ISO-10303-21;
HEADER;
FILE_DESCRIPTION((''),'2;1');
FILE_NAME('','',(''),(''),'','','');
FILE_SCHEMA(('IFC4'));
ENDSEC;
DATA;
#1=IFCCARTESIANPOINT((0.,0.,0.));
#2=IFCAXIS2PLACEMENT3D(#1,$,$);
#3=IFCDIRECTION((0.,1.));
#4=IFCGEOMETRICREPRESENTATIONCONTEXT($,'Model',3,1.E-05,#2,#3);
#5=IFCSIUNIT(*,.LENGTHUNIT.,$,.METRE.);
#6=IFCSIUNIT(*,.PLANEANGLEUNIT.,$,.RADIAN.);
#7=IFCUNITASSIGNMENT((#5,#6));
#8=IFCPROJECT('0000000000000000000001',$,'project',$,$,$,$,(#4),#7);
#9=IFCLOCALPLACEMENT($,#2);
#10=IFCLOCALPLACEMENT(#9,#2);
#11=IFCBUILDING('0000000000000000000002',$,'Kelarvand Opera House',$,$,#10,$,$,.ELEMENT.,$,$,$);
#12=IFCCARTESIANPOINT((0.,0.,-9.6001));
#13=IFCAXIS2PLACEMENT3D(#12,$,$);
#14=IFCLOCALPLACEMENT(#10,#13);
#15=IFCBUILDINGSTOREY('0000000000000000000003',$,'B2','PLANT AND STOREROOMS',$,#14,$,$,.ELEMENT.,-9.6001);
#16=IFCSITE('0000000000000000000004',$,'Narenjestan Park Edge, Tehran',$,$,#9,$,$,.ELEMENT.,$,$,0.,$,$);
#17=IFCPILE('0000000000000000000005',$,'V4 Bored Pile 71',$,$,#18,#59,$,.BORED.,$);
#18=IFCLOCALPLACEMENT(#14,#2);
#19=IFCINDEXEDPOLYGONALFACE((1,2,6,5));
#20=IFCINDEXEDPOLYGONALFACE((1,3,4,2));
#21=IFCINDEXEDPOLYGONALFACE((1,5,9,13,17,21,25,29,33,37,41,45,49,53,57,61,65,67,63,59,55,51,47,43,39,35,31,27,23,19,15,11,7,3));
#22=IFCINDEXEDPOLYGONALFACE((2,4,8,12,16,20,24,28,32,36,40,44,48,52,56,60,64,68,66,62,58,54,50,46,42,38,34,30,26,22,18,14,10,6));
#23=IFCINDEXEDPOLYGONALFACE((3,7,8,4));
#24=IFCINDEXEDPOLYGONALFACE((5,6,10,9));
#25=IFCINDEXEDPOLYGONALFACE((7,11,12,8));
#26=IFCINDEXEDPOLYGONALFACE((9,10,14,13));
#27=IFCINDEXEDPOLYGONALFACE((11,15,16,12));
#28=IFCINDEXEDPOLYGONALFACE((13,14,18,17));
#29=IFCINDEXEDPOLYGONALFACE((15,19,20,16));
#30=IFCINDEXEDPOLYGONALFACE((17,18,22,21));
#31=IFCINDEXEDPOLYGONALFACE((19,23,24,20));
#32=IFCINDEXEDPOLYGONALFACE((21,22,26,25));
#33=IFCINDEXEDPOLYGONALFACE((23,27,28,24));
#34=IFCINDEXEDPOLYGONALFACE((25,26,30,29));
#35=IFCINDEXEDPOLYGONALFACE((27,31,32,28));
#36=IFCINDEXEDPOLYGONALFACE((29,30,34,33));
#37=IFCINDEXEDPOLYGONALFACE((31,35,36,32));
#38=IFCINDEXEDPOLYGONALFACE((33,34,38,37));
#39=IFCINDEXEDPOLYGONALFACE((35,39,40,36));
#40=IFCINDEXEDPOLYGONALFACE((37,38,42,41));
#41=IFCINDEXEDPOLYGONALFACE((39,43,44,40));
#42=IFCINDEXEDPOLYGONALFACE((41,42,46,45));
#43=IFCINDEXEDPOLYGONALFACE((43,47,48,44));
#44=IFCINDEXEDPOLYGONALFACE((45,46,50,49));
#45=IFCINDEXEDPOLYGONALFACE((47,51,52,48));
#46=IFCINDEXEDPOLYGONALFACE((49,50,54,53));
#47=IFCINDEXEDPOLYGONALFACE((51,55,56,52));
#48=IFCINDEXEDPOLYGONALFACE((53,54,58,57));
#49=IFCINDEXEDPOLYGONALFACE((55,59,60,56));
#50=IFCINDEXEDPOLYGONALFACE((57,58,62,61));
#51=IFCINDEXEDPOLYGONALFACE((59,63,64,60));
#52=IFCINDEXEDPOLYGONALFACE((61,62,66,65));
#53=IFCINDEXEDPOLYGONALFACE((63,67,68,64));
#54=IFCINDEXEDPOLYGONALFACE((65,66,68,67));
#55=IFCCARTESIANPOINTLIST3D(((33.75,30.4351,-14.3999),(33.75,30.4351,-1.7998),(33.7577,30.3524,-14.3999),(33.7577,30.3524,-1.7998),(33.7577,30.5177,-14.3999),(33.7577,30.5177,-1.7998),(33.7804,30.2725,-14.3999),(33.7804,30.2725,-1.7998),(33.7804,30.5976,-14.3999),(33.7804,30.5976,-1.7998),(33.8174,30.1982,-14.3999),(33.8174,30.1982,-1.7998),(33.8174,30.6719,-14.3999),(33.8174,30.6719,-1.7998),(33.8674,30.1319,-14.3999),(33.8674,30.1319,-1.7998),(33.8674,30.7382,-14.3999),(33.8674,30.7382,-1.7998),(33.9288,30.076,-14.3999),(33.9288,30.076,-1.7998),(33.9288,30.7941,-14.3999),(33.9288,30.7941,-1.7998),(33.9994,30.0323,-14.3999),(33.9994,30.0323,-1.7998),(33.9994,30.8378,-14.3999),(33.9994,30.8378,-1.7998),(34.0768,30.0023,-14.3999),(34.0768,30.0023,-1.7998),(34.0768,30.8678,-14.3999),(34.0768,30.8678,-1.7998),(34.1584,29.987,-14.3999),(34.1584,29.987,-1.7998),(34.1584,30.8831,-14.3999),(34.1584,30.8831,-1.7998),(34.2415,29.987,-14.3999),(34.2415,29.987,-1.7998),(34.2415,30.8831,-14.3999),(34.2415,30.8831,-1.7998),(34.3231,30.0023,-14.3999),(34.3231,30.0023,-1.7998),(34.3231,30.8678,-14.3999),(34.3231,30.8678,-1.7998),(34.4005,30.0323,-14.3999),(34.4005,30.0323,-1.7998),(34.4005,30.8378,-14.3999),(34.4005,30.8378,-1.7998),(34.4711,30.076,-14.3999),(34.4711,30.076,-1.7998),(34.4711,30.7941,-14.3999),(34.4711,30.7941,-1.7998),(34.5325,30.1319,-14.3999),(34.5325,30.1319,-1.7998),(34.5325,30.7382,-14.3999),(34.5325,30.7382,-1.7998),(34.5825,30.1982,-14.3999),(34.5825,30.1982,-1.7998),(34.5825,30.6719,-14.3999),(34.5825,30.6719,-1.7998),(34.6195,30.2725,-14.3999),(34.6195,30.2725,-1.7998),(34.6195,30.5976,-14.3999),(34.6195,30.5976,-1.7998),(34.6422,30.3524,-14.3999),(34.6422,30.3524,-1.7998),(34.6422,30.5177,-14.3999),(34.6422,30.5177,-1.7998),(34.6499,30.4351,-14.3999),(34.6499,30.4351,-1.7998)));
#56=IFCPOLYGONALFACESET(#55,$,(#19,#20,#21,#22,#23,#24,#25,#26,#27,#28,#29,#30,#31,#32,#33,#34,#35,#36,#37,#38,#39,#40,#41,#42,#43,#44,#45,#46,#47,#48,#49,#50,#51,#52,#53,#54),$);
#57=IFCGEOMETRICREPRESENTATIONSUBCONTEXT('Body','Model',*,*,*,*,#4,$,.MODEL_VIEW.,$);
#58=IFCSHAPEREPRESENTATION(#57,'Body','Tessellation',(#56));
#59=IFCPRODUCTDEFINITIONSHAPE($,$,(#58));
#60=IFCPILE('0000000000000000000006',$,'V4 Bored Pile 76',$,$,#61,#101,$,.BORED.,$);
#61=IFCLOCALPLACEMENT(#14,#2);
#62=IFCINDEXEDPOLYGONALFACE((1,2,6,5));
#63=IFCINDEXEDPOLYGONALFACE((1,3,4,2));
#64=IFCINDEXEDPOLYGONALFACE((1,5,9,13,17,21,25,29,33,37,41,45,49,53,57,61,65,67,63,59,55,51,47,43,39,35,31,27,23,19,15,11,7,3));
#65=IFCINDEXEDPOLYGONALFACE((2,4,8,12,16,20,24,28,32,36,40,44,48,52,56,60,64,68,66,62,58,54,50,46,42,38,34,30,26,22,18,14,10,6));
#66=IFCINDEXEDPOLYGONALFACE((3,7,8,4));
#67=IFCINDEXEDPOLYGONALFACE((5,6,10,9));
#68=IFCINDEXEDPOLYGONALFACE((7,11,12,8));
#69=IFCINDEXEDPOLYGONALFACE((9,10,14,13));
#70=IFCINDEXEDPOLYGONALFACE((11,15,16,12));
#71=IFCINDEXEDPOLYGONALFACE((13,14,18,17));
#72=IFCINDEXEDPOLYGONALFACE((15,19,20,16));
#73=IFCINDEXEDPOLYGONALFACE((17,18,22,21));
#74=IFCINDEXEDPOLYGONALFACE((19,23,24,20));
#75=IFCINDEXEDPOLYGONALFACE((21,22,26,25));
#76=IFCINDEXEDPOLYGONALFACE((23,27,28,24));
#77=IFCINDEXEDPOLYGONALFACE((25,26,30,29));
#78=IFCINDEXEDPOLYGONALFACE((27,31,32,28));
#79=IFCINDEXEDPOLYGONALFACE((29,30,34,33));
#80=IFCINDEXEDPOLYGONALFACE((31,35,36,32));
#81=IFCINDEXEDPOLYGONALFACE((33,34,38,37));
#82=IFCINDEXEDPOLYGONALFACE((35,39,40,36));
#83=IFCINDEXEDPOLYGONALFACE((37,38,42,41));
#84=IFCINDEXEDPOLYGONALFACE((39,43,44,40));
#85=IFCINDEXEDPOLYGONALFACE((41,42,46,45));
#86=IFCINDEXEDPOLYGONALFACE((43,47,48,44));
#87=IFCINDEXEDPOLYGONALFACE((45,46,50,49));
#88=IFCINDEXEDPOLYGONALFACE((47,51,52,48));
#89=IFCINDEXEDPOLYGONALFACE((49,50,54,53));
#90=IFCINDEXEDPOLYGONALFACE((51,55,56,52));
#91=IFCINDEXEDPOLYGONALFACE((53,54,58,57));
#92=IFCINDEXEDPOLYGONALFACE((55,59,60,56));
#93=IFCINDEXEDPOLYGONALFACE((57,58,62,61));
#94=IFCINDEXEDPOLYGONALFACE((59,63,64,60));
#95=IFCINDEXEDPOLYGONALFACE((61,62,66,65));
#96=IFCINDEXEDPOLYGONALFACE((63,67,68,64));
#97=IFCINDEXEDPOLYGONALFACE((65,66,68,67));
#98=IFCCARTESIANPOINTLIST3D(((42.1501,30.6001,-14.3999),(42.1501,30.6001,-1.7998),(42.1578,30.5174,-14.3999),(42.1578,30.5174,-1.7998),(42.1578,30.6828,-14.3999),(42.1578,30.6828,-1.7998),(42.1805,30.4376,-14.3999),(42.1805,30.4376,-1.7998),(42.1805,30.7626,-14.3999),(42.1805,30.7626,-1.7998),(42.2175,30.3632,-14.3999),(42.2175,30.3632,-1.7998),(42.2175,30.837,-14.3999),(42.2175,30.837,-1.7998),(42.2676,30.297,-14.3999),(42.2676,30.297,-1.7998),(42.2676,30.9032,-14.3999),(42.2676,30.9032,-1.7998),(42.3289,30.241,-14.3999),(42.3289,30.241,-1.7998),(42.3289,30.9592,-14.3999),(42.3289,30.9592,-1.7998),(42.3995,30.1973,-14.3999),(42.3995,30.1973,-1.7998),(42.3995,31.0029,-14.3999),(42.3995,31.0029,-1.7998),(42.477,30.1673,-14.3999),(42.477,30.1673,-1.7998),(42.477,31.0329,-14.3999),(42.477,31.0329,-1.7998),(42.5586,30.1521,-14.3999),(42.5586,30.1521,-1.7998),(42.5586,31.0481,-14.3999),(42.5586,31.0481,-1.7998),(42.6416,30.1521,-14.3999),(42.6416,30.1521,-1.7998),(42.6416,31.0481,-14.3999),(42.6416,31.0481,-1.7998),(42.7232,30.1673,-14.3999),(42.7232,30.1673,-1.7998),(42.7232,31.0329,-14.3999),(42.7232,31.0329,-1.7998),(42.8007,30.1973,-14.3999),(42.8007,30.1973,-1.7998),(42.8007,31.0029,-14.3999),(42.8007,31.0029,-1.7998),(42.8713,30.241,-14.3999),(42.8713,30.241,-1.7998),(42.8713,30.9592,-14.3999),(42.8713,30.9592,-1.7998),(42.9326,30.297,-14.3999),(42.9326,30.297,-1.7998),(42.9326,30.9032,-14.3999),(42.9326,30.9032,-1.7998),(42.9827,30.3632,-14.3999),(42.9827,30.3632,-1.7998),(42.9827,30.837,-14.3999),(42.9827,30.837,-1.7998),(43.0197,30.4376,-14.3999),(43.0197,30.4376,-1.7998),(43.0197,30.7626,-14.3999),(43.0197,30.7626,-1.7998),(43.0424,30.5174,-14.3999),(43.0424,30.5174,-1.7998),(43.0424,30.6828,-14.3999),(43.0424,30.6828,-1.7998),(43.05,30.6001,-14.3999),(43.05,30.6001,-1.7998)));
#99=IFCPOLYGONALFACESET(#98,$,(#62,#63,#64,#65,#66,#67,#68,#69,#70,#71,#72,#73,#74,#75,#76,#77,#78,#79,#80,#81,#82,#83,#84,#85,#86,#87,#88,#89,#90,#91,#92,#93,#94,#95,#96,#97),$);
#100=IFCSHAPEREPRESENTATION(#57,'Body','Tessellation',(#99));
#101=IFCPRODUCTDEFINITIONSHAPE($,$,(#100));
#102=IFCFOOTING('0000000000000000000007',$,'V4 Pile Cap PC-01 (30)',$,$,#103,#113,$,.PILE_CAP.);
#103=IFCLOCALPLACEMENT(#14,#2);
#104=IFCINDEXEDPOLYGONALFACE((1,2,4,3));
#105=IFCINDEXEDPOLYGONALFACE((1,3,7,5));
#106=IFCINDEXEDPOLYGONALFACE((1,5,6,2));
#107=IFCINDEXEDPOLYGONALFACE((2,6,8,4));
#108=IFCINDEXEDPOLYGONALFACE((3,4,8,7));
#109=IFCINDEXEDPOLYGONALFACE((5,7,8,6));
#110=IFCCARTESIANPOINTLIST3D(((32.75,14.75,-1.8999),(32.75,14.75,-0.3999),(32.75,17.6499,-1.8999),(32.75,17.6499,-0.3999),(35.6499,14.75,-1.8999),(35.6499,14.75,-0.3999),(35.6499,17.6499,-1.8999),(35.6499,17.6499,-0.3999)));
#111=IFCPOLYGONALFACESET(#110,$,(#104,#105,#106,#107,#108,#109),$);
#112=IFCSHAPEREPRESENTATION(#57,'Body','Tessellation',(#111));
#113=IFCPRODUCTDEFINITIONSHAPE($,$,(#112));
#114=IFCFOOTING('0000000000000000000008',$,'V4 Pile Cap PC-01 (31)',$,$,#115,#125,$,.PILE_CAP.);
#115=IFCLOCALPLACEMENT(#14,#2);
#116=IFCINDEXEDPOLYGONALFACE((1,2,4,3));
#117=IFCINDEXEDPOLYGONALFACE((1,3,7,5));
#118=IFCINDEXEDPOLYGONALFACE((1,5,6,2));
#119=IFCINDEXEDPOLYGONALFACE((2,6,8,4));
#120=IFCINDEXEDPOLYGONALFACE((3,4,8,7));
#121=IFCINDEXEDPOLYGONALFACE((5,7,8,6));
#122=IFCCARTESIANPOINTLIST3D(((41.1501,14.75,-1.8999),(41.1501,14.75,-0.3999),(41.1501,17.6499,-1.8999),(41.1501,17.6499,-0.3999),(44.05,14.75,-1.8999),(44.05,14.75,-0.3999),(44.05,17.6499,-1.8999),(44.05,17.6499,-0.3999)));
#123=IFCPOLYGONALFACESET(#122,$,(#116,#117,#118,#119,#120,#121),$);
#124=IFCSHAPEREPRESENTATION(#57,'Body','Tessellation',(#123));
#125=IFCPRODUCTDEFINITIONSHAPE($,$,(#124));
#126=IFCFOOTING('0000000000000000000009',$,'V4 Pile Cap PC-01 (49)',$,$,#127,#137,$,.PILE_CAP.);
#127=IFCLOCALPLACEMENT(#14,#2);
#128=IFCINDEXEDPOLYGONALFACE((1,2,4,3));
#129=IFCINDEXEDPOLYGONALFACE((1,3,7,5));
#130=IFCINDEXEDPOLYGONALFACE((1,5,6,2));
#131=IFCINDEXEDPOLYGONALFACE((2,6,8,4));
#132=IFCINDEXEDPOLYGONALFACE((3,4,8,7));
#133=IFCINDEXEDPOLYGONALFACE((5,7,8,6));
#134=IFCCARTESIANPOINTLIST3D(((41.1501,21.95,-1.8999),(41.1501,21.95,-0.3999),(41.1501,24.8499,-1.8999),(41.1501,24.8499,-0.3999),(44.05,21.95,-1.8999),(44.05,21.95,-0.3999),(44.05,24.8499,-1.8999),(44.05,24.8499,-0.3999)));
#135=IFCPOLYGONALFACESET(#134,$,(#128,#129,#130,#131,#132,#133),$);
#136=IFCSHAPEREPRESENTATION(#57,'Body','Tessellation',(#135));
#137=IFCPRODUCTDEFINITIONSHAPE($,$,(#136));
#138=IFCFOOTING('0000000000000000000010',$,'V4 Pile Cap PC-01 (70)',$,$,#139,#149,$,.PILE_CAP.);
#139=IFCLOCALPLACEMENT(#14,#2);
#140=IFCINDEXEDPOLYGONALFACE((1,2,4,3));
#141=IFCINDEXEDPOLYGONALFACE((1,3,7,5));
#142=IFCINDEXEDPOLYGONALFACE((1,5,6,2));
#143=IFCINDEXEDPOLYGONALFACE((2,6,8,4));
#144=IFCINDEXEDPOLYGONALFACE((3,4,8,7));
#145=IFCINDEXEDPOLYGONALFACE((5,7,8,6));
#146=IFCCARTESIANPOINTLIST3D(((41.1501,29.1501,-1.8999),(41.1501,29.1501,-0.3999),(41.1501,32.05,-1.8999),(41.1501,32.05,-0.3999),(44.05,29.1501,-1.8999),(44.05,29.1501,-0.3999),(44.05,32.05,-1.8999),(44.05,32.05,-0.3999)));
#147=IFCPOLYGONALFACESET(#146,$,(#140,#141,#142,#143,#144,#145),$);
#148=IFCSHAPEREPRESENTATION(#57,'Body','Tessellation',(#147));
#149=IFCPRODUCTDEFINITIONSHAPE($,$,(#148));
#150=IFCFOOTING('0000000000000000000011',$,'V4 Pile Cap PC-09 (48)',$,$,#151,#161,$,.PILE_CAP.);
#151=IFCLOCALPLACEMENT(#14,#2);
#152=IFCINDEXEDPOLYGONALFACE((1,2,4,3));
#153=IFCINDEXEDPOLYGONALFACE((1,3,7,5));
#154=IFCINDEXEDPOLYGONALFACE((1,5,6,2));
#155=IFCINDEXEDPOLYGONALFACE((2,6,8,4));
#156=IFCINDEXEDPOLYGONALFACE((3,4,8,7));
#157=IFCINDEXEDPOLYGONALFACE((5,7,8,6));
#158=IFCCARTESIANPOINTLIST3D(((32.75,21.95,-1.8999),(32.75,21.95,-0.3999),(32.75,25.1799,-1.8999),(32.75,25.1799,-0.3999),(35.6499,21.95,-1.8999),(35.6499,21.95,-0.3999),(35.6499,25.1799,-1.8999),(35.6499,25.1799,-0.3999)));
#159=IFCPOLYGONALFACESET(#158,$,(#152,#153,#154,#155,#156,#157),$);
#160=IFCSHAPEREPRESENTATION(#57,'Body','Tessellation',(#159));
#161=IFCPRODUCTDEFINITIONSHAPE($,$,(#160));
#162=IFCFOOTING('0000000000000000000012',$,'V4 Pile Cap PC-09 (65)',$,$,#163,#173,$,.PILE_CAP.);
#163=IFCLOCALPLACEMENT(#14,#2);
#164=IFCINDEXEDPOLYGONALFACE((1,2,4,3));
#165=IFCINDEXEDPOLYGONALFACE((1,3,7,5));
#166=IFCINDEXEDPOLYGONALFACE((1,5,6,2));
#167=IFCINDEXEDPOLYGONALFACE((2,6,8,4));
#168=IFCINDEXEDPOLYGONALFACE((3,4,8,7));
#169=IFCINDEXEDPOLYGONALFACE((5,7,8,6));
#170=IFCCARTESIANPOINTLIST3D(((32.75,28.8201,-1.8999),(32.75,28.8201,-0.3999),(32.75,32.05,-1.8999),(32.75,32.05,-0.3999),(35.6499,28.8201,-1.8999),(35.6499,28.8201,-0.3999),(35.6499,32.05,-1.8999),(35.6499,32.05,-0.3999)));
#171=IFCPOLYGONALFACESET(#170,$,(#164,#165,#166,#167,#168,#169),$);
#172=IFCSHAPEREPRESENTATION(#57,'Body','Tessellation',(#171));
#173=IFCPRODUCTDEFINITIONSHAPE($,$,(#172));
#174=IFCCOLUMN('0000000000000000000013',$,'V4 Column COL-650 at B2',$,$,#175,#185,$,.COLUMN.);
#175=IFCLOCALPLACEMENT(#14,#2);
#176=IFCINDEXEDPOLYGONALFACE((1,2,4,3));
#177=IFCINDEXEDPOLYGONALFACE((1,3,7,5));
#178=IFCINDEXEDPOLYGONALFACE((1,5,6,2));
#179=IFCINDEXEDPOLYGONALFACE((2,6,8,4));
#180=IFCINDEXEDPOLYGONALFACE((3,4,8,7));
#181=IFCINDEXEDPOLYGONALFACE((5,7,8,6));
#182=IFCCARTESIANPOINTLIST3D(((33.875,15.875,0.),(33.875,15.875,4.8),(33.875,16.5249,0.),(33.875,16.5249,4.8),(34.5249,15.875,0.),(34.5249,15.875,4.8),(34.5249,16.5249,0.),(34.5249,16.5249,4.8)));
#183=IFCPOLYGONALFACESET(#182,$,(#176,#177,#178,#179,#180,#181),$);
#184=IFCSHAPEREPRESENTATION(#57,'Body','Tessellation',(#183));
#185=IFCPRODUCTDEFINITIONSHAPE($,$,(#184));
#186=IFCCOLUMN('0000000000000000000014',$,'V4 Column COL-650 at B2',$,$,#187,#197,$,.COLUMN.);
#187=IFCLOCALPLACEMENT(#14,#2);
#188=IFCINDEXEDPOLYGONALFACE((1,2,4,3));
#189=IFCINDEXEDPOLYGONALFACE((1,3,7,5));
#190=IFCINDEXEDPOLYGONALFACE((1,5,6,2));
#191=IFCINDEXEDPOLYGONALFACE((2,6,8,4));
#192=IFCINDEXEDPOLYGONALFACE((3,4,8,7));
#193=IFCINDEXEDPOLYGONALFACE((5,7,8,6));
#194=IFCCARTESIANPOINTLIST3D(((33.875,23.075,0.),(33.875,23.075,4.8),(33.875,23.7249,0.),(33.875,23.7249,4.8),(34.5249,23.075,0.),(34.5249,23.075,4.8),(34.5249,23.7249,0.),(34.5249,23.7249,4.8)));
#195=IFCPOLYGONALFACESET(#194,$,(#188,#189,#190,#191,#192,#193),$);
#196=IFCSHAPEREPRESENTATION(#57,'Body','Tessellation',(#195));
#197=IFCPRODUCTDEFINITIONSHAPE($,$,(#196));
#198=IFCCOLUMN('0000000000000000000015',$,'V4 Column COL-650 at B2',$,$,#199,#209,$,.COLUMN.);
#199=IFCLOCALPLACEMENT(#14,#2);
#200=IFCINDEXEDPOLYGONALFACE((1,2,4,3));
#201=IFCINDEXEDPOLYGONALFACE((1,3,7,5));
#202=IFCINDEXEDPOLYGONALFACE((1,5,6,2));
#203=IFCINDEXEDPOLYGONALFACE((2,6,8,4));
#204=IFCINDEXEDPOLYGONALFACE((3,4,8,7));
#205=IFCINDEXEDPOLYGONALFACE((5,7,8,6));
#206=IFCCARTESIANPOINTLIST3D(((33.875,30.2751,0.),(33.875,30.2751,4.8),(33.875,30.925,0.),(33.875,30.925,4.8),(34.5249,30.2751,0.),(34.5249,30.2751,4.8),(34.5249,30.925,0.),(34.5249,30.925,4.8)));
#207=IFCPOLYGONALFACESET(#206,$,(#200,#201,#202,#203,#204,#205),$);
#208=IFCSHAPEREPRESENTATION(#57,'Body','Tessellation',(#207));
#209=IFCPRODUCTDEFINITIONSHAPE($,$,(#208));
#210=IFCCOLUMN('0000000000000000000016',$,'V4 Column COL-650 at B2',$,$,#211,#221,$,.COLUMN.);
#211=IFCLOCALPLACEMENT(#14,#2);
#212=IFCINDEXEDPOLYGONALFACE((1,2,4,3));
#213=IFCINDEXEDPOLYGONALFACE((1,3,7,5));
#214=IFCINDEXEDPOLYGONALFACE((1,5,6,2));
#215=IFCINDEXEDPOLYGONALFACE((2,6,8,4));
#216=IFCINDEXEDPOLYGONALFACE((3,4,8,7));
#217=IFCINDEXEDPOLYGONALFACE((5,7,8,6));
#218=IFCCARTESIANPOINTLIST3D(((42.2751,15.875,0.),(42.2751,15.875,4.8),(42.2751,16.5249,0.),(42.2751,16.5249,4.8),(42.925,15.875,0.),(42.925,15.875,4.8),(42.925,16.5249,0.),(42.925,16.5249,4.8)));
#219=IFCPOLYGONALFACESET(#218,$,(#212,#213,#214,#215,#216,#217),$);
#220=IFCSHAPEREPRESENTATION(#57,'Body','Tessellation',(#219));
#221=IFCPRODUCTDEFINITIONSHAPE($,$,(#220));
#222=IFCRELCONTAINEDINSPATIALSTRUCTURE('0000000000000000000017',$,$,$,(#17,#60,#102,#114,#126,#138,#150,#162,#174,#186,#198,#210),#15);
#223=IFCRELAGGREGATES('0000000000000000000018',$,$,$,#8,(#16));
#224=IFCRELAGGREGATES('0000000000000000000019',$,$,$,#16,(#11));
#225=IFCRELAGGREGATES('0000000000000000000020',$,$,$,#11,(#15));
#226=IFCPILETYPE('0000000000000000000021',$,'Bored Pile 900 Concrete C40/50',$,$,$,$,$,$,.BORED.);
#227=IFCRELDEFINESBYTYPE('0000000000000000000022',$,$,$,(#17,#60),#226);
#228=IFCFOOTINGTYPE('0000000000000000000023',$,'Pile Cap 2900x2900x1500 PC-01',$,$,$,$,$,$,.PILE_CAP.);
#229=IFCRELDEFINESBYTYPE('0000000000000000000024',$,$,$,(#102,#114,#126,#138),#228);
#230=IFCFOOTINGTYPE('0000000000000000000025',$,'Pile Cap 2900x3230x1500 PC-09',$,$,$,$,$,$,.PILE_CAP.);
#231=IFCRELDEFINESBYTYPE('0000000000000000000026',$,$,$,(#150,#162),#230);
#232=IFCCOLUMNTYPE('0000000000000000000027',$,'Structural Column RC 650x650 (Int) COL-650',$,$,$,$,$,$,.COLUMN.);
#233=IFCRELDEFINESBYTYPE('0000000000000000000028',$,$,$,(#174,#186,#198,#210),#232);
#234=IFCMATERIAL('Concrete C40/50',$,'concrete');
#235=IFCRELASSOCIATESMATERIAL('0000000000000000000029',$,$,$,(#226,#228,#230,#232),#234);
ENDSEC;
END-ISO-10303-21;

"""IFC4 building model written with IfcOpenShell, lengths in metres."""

from ifc_helpers import new_model, si_unit, direction, frame, origin, origin_2d, place, context, subcontext, project, spatial, rectangle, circle, extrude, material, material_profile, profile_set, type_object, element, save


model = new_model("IFC4")

# Units and contexts
model_context = context("Model", 3, precision=1e-05, world=origin(), true_north=direction((0.0, 1.0)))
body_context = subcontext(model_context, "Body", "Model", "MODEL_VIEW")
ifc_project = project(units=[si_unit("LENGTHUNIT", "METRE"), si_unit("PLANEANGLEUNIT", "RADIAN")], contexts=[model_context])

# Site, building, storey
site_placement = place(None, origin())
site = spatial("IfcSite", under=ifc_project, at=site_placement, Name="Narenjestan Park Edge, Tehran", CompositionType="ELEMENT", RefElevation=0.0)
building_placement = place(site_placement, origin())
building = spatial("IfcBuilding", under=site, at=building_placement, Name="Kelarvand Opera House", CompositionType="ELEMENT")
storey_placement = place(building_placement, frame((0.0, 0.0, -9.6001)))
storey = spatial("IfcBuildingStorey", under=building, at=storey_placement, Name="B2", Description="PLANT AND STOREROOMS", CompositionType="ELEMENT", Elevation=-9.6001)

# Piles
ifc_material_1 = material(Name="Concrete C40/50", Category="concrete")
ifc_material_profile_1 = material_profile(ifc_material_1, circle(Radius=0.45, at=origin_2d()), Name="BP 900", Category="concrete")
ifc_profile_set_1 = profile_set([ifc_material_profile_1], Name="Concrete C40/50")
pile_type = type_object("IfcPileType", Name="Bored Pile 900 Concrete C40/50", PredefinedType="BORED", material=ifc_profile_set_1)
for number, where, z_axis, x_axis, name in (
    (1, (34.2, 30.4351, -1.7998), (0.0, 0.0, -1.0), (1.0, 0.0, 0.0), "V4 Bored Pile 71"),
    (2, (42.6001, 30.6001, -1.7998), (0.0, 0.0, -1.0), (1.0, 0.0, 0.0), "V4 Bored Pile 76"),
):
    element("IfcPile", number, at=place(storey_placement, frame(where, z_axis=z_axis, x_axis=x_axis)), inside=storey, type_object=pile_type, Name=name, PredefinedType="BORED", context=body_context, shape_type="SweptSolid", body=[
        extrude(circle(Radius=0.45, at=origin_2d()), origin(), (0.0, 0.0, 1.0), 12.6001),
    ])

# Footings
footing_type_1 = type_object("IfcFootingType", Name="Pile Cap 2900x2900x1500 PC-01", PredefinedType="PILE_CAP", material=ifc_material_1)
for number, where, z_axis, x_axis, name in (
    (3, (34.2, 16.2, -1.8999), (0.0, 0.0, 1.0), (1.0, 0.0, 0.0), "V4 Pile Cap PC-01 (30)"),
    (4, (42.6001, 16.2, -1.8999), (0.0, 0.0, 1.0), (1.0, 0.0, 0.0), "V4 Pile Cap PC-01 (31)"),
    (5, (42.6001, 23.3999, -1.8999), (0.0, 0.0, 1.0), (1.0, 0.0, 0.0), "V4 Pile Cap PC-01 (49)"),
    (6, (42.6001, 30.6001, -1.8999), (0.0, 0.0, 1.0), (1.0, 0.0, 0.0), "V4 Pile Cap PC-01 (70)"),
):
    element("IfcFooting", number, at=place(storey_placement, frame(where, z_axis=z_axis, x_axis=x_axis)), inside=storey, type_object=footing_type_1, Name=name, PredefinedType="PILE_CAP", context=body_context, shape_type="SweptSolid", body=[
        extrude(rectangle(XDim=2.8999, YDim=2.8999, at=origin_2d()), origin(), (0.0, 0.0, 1.0), 1.5),
    ])
footing_type_2 = type_object("IfcFootingType", Name="Pile Cap 2900x3230x1500 PC-09", PredefinedType="PILE_CAP", material=ifc_material_1)
for number, where, z_axis, x_axis, name in (
    (7, (34.2, 23.5649, -1.8999), (0.0, 0.0, 1.0), (1.0, 0.0, 0.0), "V4 Pile Cap PC-09 (48)"),
    (8, (34.2, 30.4351, -1.8999), (0.0, 0.0, 1.0), (1.0, 0.0, 0.0), "V4 Pile Cap PC-09 (65)"),
):
    element("IfcFooting", number, at=place(storey_placement, frame(where, z_axis=z_axis, x_axis=x_axis)), inside=storey, type_object=footing_type_2, Name=name, PredefinedType="PILE_CAP", context=body_context, shape_type="SweptSolid", body=[
        extrude(rectangle(XDim=2.8999, YDim=3.23, at=origin_2d()), origin(), (0.0, 0.0, 1.0), 1.5),
    ])

# Columns
ifc_material_profile_2 = material_profile(ifc_material_1, rectangle(XDim=0.6499, YDim=0.6499, at=origin_2d()), Name="RC 650x650", Category="concrete")
ifc_profile_set_2 = profile_set([ifc_material_profile_2], Name="Concrete C40/50")
column_type_1 = type_object("IfcColumnType", Name="Structural Column RC 650x650 (Int) COL-650", PredefinedType="COLUMN", material=ifc_profile_set_2)
for number, where, z_axis, x_axis, name in (
    (9, (34.2, 16.2, 0.0), (0.0, 0.0, 1.0), (1.0, 0.0, 0.0), "V4 Column COL-650 at B2"),
    (10, (34.2, 23.3999, 0.0), (0.0, 0.0, 1.0), (1.0, 0.0, 0.0), "V4 Column COL-650 at B2"),
    (11, (34.2, 30.6001, 0.0), (0.0, 0.0, 1.0), (1.0, 0.0, 0.0), "V4 Column COL-650 at B2"),
    (12, (42.6001, 16.2, 0.0), (0.0, 0.0, 1.0), (1.0, 0.0, 0.0), "V4 Column COL-650 at B2"),
):
    element("IfcColumn", number, at=place(storey_placement, frame(where, z_axis=z_axis, x_axis=x_axis)), inside=storey, type_object=column_type_1, Name=name, PredefinedType="COLUMN", context=body_context, shape_type="SweptSolid", body=[
        extrude(rectangle(XDim=0.6499, YDim=0.6499, at=origin_2d()), origin(), (0.0, 0.0, 1.0), 4.8),
    ])

save(model, "model.ifc")
